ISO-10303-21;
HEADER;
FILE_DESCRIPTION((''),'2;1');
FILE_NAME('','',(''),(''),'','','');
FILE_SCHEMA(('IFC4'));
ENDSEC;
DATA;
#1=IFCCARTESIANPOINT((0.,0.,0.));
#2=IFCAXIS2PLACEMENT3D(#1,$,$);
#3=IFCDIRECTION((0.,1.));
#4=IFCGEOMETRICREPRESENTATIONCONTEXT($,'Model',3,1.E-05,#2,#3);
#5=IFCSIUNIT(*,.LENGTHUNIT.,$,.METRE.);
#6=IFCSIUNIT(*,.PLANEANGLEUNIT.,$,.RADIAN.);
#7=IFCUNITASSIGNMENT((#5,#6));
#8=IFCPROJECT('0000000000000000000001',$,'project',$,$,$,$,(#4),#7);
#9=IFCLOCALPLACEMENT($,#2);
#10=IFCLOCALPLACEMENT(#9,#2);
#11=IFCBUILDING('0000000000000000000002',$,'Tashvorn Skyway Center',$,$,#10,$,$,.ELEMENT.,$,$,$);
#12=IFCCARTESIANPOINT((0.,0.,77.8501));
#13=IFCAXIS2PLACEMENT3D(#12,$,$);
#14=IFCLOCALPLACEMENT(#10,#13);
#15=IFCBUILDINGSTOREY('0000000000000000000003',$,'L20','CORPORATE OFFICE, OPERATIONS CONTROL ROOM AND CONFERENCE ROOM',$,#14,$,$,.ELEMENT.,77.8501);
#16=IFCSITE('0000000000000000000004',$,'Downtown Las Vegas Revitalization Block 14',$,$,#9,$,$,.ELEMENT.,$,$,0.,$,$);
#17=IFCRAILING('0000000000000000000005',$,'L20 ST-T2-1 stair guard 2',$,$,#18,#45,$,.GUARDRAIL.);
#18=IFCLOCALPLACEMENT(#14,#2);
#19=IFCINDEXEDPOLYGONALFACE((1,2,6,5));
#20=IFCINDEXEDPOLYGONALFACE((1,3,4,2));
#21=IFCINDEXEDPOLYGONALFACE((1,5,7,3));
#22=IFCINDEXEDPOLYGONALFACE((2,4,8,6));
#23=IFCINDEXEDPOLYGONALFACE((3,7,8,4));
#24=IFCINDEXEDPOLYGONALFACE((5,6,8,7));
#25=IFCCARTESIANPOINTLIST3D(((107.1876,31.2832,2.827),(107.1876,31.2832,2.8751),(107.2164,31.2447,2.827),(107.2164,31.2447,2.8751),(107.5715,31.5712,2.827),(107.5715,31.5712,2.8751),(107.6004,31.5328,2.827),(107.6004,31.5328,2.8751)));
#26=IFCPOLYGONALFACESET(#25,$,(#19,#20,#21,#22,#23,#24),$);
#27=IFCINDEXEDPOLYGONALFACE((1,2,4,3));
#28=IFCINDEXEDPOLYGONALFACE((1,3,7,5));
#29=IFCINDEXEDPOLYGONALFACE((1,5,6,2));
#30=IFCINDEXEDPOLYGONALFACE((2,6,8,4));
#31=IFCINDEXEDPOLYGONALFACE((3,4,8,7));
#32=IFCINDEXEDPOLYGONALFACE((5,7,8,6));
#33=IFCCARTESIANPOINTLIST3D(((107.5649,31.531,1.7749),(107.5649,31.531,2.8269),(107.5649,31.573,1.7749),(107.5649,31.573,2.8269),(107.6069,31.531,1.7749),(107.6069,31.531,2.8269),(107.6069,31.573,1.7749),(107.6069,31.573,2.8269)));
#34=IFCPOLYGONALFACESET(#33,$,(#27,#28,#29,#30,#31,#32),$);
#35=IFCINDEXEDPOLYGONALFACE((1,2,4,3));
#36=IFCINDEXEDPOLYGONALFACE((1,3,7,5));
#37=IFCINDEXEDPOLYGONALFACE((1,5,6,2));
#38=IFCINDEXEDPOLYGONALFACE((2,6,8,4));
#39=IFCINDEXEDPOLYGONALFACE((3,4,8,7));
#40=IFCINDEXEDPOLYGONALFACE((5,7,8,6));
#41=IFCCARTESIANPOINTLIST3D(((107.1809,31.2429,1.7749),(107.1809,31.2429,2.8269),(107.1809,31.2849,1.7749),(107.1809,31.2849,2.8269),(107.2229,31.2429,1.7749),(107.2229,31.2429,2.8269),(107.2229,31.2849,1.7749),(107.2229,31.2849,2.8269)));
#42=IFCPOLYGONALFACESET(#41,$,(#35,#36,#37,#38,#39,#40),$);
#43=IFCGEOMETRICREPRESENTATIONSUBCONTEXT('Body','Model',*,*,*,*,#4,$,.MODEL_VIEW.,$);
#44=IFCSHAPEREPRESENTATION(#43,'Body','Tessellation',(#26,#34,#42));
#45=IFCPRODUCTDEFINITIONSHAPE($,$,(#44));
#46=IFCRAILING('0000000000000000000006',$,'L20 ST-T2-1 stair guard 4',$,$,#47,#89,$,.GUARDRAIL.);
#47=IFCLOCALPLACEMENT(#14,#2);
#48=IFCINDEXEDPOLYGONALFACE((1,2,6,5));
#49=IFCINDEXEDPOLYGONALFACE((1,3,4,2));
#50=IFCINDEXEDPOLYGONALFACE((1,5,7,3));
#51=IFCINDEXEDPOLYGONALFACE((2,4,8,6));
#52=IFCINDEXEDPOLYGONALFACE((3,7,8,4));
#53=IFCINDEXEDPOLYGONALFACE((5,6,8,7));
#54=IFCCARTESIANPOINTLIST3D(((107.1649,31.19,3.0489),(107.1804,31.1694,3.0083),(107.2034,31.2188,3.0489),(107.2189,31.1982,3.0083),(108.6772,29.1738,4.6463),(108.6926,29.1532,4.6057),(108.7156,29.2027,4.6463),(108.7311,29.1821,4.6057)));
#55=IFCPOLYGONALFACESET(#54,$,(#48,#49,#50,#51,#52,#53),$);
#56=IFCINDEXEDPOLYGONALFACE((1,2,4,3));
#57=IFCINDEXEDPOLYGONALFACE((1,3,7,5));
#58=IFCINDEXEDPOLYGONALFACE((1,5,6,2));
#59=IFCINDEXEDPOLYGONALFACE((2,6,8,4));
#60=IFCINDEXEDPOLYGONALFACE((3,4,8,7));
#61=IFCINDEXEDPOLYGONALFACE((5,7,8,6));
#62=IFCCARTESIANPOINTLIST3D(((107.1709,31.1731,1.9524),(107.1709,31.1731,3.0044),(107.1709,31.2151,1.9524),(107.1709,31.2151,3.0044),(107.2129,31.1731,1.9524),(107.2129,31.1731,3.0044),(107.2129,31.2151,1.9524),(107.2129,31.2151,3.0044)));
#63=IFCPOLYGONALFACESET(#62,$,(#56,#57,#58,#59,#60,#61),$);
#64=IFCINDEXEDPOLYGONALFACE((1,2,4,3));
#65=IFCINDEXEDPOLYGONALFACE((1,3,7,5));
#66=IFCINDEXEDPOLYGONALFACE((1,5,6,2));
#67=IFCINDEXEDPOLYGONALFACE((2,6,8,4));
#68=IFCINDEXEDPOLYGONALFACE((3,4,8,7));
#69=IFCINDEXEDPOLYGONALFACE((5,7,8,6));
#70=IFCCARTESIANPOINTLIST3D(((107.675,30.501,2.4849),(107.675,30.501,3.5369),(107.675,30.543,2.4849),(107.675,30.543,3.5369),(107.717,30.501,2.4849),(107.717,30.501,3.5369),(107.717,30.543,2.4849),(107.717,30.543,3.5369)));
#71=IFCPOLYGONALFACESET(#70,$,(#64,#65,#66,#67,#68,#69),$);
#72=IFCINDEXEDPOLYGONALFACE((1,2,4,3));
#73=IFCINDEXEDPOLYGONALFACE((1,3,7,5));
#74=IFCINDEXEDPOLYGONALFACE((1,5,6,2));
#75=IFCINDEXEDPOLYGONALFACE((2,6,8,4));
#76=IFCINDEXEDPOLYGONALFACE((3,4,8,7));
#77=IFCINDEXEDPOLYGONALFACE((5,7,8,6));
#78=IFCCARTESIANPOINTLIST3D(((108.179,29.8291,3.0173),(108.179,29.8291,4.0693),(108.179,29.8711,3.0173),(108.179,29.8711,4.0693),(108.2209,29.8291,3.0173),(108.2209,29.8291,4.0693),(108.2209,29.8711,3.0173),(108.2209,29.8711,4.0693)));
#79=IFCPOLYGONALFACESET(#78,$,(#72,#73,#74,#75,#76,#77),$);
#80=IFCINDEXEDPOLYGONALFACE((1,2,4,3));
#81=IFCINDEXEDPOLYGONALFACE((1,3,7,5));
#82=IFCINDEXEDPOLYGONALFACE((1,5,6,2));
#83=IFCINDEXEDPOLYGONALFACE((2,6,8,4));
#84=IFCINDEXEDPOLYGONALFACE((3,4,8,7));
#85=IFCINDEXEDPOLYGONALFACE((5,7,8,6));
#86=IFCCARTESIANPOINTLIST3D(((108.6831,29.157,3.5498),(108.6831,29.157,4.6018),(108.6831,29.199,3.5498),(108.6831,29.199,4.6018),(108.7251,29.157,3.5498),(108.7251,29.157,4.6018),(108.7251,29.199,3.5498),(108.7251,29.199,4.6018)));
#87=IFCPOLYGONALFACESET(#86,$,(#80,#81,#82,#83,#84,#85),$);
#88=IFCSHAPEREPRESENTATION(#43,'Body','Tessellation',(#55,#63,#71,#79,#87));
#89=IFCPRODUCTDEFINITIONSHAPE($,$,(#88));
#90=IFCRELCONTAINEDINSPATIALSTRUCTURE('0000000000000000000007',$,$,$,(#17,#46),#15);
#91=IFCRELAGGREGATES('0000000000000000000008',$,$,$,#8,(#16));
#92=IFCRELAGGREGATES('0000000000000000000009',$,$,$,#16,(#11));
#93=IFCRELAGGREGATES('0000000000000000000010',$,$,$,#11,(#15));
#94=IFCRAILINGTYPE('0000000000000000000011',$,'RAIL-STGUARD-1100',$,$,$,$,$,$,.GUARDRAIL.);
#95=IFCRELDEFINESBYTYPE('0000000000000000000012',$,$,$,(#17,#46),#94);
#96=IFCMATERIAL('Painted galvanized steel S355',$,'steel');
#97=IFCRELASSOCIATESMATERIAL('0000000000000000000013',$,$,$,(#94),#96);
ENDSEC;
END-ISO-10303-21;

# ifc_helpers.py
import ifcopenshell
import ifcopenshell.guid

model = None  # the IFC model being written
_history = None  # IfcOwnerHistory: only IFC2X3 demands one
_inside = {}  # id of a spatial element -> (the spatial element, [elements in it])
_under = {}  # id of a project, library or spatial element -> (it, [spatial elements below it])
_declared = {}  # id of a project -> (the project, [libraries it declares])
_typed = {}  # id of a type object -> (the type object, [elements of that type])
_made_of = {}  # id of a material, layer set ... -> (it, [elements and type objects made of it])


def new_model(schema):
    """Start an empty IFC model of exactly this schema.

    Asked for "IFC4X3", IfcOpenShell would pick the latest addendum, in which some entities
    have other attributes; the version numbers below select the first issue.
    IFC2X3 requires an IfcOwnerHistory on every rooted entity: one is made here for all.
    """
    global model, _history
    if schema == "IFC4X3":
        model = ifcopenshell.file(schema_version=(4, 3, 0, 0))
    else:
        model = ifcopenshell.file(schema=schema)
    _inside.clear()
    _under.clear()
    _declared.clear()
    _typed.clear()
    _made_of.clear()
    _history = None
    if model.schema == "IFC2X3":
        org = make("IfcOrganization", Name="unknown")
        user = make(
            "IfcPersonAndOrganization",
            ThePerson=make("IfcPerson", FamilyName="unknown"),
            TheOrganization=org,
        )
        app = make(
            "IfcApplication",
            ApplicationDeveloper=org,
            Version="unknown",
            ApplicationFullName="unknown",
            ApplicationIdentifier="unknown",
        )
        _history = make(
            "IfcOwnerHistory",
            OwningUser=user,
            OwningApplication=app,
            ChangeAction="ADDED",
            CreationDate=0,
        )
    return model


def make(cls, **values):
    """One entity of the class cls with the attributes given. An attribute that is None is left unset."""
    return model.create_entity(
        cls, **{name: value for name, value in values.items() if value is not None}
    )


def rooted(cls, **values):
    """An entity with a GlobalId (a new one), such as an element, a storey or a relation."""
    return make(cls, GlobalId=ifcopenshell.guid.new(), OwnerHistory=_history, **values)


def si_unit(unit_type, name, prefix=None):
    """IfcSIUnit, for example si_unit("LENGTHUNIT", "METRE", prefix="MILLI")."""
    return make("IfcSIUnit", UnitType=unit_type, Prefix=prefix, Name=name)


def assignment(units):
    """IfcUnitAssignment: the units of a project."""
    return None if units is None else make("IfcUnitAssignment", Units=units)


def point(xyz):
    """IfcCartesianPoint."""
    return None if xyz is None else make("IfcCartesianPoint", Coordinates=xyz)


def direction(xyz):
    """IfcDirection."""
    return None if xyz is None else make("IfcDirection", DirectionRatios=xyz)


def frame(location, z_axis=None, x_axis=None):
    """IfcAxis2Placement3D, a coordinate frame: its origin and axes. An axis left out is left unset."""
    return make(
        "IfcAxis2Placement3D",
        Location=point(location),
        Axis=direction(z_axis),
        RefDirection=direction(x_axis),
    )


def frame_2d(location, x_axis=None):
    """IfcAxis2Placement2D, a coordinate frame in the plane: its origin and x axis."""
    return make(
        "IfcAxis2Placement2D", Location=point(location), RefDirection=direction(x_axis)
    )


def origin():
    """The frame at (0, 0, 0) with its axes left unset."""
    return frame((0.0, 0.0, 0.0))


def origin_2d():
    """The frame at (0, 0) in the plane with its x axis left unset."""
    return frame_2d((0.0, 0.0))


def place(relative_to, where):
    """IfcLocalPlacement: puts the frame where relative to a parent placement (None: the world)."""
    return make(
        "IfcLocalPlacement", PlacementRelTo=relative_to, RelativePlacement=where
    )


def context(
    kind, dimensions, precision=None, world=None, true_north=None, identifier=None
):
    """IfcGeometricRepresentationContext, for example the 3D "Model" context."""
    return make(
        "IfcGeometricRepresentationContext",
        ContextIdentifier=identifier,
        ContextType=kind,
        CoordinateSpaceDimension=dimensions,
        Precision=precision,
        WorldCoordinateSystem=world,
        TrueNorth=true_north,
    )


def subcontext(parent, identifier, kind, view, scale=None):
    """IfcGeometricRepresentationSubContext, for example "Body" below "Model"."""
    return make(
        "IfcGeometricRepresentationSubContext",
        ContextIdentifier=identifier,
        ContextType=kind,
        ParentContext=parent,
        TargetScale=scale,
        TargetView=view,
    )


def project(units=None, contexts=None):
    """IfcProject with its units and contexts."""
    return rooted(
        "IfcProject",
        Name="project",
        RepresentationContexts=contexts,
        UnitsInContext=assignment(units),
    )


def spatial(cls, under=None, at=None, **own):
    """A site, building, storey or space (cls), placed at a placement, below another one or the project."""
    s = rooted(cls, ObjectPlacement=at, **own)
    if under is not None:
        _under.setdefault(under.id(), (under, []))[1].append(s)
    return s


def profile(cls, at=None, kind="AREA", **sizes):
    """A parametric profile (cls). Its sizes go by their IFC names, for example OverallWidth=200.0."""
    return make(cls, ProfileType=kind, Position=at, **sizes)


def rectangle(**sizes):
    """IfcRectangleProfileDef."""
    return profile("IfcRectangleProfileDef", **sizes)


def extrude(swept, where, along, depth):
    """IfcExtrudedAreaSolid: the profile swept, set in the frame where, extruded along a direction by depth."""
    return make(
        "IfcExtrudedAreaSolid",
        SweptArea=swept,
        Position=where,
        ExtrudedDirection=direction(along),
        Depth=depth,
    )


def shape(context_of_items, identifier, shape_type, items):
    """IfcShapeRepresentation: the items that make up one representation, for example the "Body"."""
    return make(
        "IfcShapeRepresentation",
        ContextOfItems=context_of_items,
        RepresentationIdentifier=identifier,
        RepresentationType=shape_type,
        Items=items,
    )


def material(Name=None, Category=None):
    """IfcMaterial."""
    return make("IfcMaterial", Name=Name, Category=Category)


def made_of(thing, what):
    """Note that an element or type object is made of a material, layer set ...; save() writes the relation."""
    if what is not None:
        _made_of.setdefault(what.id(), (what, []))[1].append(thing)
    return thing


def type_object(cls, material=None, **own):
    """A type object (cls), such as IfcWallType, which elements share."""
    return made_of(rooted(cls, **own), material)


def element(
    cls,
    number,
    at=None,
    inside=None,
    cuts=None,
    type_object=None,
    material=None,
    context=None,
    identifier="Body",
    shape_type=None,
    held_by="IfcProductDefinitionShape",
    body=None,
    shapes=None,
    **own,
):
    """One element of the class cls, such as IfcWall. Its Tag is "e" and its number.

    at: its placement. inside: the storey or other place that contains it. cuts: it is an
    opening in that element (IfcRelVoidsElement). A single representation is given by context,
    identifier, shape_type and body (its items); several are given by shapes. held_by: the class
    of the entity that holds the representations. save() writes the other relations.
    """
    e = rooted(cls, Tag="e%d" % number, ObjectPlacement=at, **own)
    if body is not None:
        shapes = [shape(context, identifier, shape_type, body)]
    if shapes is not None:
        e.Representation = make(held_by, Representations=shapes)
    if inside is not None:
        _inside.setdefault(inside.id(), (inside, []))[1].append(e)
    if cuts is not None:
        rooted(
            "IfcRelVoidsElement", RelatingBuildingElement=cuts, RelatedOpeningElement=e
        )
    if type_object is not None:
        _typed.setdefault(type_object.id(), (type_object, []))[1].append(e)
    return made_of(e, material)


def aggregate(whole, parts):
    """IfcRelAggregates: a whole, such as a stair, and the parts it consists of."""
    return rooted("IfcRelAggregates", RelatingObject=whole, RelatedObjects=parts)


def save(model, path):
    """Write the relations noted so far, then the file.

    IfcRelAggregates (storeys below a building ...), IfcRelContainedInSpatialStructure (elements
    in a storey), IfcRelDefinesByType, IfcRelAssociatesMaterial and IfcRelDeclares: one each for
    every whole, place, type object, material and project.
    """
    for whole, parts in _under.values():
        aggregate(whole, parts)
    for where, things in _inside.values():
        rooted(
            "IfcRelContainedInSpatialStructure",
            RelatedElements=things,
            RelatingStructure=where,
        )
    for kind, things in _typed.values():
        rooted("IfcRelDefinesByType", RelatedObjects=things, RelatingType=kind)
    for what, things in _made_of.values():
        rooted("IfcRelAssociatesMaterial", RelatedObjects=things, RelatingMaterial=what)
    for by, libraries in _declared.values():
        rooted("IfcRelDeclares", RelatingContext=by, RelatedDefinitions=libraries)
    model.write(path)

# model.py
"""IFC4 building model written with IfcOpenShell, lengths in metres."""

from ifc_helpers import new_model, si_unit, direction, frame, origin, origin_2d, place, context, subcontext, project, spatial, rectangle, extrude, material, type_object, element, save


model = new_model("IFC4")

# Units and contexts
model_context = context("Model", 3, precision=1e-05, world=origin(), true_north=direction((0.0, 1.0)))
body_context = subcontext(model_context, "Body", "Model", "MODEL_VIEW")
ifc_project = project(units=[si_unit("LENGTHUNIT", "METRE"), si_unit("PLANEANGLEUNIT", "RADIAN")], contexts=[model_context])

# Site, building, storey
site_placement = place(None, origin())
site = spatial("IfcSite", under=ifc_project, at=site_placement, Name="Downtown Las Vegas Revitalization Block 14", CompositionType="ELEMENT", RefElevation=0.0)
building_placement = place(site_placement, origin())
building = spatial("IfcBuilding", under=site, at=building_placement, Name="Tashvorn Skyway Center", CompositionType="ELEMENT")
storey_placement = place(building_placement, frame((0.0, 0.0, 77.8501)))
storey = spatial("IfcBuildingStorey", under=building, at=storey_placement, Name="L20", Description="CORPORATE OFFICE, OPERATIONS CONTROL ROOM AND CONFERENCE ROOM", CompositionType="ELEMENT", Elevation=77.8501)

# Railings
ifc_material_1 = material(Name="Painted galvanized steel S355", Category="steel")
railing_type_1 = type_object("IfcRailingType", Name="RAIL-STGUARD-1100", PredefinedType="GUARDRAIL", material=ifc_material_1)
railing_1_placement = place(storey_placement, frame((107.5859, 31.552, 1.7749)))
element("IfcRailing", 1, at=railing_1_placement, inside=storey, type_object=railing_type_1, Name="L20 ST-T2-1 stair guard 2", PredefinedType="GUARDRAIL", context=body_context, shape_type="SweptSolid", body=[
    extrude(rectangle(XDim=0.0481, YDim=0.0481, at=origin_2d()), frame((0.0, 0.0, 1.0762), z_axis=(-0.799939, -0.600081, 0.0), x_axis=(0.600081, -0.799939, 0.0)), (0.0, 0.0, 1.0), 0.48),
    extrude(rectangle(XDim=0.042, YDim=0.042, at=origin_2d()), origin(), (0.0, 0.0, 1.0), 1.052),
    extrude(rectangle(XDim=0.042, YDim=0.042, at=origin_2d()), frame((-0.384, -0.2881, 0.0)), (0.0, 0.0, 1.0), 1.052),
])
railing_2_placement = place(storey_placement, frame((107.1919, 31.1941, 1.9524)))
element("IfcRailing", 2, at=railing_2_placement, inside=storey, type_object=railing_type_1, Name="L20 ST-T2-1 stair guard 4", PredefinedType="GUARDRAIL", context=body_context, shape_type="SweptSolid", body=[
    extrude(rectangle(XDim=0.0481, YDim=0.0481, at=origin_2d()), frame((0.0, 0.0, 1.0762), z_axis=(0.506802, -0.675681, 0.535357), x_axis=(0.799977, 0.600031, 0.0)), (0.0, 0.0, 1.0), 2.9839),
    extrude(rectangle(XDim=0.042, YDim=0.042, at=origin_2d()), origin(), (0.0, 0.0, 1.0), 1.052),
    extrude(rectangle(XDim=0.042, YDim=0.042, at=origin_2d()), frame((0.5042, -0.6721, 0.5325)), (0.0, 0.0, 1.0), 1.052),
    extrude(rectangle(XDim=0.042, YDim=0.042, at=origin_2d()), frame((1.0081, -1.344, 1.0649)), (0.0, 0.0, 1.0), 1.052),
    extrude(rectangle(XDim=0.042, YDim=0.042, at=origin_2d()), frame((1.5122, -2.0161, 1.5974)), (0.0, 0.0, 1.0), 1.052),
])

save(model, "model.ifc")
